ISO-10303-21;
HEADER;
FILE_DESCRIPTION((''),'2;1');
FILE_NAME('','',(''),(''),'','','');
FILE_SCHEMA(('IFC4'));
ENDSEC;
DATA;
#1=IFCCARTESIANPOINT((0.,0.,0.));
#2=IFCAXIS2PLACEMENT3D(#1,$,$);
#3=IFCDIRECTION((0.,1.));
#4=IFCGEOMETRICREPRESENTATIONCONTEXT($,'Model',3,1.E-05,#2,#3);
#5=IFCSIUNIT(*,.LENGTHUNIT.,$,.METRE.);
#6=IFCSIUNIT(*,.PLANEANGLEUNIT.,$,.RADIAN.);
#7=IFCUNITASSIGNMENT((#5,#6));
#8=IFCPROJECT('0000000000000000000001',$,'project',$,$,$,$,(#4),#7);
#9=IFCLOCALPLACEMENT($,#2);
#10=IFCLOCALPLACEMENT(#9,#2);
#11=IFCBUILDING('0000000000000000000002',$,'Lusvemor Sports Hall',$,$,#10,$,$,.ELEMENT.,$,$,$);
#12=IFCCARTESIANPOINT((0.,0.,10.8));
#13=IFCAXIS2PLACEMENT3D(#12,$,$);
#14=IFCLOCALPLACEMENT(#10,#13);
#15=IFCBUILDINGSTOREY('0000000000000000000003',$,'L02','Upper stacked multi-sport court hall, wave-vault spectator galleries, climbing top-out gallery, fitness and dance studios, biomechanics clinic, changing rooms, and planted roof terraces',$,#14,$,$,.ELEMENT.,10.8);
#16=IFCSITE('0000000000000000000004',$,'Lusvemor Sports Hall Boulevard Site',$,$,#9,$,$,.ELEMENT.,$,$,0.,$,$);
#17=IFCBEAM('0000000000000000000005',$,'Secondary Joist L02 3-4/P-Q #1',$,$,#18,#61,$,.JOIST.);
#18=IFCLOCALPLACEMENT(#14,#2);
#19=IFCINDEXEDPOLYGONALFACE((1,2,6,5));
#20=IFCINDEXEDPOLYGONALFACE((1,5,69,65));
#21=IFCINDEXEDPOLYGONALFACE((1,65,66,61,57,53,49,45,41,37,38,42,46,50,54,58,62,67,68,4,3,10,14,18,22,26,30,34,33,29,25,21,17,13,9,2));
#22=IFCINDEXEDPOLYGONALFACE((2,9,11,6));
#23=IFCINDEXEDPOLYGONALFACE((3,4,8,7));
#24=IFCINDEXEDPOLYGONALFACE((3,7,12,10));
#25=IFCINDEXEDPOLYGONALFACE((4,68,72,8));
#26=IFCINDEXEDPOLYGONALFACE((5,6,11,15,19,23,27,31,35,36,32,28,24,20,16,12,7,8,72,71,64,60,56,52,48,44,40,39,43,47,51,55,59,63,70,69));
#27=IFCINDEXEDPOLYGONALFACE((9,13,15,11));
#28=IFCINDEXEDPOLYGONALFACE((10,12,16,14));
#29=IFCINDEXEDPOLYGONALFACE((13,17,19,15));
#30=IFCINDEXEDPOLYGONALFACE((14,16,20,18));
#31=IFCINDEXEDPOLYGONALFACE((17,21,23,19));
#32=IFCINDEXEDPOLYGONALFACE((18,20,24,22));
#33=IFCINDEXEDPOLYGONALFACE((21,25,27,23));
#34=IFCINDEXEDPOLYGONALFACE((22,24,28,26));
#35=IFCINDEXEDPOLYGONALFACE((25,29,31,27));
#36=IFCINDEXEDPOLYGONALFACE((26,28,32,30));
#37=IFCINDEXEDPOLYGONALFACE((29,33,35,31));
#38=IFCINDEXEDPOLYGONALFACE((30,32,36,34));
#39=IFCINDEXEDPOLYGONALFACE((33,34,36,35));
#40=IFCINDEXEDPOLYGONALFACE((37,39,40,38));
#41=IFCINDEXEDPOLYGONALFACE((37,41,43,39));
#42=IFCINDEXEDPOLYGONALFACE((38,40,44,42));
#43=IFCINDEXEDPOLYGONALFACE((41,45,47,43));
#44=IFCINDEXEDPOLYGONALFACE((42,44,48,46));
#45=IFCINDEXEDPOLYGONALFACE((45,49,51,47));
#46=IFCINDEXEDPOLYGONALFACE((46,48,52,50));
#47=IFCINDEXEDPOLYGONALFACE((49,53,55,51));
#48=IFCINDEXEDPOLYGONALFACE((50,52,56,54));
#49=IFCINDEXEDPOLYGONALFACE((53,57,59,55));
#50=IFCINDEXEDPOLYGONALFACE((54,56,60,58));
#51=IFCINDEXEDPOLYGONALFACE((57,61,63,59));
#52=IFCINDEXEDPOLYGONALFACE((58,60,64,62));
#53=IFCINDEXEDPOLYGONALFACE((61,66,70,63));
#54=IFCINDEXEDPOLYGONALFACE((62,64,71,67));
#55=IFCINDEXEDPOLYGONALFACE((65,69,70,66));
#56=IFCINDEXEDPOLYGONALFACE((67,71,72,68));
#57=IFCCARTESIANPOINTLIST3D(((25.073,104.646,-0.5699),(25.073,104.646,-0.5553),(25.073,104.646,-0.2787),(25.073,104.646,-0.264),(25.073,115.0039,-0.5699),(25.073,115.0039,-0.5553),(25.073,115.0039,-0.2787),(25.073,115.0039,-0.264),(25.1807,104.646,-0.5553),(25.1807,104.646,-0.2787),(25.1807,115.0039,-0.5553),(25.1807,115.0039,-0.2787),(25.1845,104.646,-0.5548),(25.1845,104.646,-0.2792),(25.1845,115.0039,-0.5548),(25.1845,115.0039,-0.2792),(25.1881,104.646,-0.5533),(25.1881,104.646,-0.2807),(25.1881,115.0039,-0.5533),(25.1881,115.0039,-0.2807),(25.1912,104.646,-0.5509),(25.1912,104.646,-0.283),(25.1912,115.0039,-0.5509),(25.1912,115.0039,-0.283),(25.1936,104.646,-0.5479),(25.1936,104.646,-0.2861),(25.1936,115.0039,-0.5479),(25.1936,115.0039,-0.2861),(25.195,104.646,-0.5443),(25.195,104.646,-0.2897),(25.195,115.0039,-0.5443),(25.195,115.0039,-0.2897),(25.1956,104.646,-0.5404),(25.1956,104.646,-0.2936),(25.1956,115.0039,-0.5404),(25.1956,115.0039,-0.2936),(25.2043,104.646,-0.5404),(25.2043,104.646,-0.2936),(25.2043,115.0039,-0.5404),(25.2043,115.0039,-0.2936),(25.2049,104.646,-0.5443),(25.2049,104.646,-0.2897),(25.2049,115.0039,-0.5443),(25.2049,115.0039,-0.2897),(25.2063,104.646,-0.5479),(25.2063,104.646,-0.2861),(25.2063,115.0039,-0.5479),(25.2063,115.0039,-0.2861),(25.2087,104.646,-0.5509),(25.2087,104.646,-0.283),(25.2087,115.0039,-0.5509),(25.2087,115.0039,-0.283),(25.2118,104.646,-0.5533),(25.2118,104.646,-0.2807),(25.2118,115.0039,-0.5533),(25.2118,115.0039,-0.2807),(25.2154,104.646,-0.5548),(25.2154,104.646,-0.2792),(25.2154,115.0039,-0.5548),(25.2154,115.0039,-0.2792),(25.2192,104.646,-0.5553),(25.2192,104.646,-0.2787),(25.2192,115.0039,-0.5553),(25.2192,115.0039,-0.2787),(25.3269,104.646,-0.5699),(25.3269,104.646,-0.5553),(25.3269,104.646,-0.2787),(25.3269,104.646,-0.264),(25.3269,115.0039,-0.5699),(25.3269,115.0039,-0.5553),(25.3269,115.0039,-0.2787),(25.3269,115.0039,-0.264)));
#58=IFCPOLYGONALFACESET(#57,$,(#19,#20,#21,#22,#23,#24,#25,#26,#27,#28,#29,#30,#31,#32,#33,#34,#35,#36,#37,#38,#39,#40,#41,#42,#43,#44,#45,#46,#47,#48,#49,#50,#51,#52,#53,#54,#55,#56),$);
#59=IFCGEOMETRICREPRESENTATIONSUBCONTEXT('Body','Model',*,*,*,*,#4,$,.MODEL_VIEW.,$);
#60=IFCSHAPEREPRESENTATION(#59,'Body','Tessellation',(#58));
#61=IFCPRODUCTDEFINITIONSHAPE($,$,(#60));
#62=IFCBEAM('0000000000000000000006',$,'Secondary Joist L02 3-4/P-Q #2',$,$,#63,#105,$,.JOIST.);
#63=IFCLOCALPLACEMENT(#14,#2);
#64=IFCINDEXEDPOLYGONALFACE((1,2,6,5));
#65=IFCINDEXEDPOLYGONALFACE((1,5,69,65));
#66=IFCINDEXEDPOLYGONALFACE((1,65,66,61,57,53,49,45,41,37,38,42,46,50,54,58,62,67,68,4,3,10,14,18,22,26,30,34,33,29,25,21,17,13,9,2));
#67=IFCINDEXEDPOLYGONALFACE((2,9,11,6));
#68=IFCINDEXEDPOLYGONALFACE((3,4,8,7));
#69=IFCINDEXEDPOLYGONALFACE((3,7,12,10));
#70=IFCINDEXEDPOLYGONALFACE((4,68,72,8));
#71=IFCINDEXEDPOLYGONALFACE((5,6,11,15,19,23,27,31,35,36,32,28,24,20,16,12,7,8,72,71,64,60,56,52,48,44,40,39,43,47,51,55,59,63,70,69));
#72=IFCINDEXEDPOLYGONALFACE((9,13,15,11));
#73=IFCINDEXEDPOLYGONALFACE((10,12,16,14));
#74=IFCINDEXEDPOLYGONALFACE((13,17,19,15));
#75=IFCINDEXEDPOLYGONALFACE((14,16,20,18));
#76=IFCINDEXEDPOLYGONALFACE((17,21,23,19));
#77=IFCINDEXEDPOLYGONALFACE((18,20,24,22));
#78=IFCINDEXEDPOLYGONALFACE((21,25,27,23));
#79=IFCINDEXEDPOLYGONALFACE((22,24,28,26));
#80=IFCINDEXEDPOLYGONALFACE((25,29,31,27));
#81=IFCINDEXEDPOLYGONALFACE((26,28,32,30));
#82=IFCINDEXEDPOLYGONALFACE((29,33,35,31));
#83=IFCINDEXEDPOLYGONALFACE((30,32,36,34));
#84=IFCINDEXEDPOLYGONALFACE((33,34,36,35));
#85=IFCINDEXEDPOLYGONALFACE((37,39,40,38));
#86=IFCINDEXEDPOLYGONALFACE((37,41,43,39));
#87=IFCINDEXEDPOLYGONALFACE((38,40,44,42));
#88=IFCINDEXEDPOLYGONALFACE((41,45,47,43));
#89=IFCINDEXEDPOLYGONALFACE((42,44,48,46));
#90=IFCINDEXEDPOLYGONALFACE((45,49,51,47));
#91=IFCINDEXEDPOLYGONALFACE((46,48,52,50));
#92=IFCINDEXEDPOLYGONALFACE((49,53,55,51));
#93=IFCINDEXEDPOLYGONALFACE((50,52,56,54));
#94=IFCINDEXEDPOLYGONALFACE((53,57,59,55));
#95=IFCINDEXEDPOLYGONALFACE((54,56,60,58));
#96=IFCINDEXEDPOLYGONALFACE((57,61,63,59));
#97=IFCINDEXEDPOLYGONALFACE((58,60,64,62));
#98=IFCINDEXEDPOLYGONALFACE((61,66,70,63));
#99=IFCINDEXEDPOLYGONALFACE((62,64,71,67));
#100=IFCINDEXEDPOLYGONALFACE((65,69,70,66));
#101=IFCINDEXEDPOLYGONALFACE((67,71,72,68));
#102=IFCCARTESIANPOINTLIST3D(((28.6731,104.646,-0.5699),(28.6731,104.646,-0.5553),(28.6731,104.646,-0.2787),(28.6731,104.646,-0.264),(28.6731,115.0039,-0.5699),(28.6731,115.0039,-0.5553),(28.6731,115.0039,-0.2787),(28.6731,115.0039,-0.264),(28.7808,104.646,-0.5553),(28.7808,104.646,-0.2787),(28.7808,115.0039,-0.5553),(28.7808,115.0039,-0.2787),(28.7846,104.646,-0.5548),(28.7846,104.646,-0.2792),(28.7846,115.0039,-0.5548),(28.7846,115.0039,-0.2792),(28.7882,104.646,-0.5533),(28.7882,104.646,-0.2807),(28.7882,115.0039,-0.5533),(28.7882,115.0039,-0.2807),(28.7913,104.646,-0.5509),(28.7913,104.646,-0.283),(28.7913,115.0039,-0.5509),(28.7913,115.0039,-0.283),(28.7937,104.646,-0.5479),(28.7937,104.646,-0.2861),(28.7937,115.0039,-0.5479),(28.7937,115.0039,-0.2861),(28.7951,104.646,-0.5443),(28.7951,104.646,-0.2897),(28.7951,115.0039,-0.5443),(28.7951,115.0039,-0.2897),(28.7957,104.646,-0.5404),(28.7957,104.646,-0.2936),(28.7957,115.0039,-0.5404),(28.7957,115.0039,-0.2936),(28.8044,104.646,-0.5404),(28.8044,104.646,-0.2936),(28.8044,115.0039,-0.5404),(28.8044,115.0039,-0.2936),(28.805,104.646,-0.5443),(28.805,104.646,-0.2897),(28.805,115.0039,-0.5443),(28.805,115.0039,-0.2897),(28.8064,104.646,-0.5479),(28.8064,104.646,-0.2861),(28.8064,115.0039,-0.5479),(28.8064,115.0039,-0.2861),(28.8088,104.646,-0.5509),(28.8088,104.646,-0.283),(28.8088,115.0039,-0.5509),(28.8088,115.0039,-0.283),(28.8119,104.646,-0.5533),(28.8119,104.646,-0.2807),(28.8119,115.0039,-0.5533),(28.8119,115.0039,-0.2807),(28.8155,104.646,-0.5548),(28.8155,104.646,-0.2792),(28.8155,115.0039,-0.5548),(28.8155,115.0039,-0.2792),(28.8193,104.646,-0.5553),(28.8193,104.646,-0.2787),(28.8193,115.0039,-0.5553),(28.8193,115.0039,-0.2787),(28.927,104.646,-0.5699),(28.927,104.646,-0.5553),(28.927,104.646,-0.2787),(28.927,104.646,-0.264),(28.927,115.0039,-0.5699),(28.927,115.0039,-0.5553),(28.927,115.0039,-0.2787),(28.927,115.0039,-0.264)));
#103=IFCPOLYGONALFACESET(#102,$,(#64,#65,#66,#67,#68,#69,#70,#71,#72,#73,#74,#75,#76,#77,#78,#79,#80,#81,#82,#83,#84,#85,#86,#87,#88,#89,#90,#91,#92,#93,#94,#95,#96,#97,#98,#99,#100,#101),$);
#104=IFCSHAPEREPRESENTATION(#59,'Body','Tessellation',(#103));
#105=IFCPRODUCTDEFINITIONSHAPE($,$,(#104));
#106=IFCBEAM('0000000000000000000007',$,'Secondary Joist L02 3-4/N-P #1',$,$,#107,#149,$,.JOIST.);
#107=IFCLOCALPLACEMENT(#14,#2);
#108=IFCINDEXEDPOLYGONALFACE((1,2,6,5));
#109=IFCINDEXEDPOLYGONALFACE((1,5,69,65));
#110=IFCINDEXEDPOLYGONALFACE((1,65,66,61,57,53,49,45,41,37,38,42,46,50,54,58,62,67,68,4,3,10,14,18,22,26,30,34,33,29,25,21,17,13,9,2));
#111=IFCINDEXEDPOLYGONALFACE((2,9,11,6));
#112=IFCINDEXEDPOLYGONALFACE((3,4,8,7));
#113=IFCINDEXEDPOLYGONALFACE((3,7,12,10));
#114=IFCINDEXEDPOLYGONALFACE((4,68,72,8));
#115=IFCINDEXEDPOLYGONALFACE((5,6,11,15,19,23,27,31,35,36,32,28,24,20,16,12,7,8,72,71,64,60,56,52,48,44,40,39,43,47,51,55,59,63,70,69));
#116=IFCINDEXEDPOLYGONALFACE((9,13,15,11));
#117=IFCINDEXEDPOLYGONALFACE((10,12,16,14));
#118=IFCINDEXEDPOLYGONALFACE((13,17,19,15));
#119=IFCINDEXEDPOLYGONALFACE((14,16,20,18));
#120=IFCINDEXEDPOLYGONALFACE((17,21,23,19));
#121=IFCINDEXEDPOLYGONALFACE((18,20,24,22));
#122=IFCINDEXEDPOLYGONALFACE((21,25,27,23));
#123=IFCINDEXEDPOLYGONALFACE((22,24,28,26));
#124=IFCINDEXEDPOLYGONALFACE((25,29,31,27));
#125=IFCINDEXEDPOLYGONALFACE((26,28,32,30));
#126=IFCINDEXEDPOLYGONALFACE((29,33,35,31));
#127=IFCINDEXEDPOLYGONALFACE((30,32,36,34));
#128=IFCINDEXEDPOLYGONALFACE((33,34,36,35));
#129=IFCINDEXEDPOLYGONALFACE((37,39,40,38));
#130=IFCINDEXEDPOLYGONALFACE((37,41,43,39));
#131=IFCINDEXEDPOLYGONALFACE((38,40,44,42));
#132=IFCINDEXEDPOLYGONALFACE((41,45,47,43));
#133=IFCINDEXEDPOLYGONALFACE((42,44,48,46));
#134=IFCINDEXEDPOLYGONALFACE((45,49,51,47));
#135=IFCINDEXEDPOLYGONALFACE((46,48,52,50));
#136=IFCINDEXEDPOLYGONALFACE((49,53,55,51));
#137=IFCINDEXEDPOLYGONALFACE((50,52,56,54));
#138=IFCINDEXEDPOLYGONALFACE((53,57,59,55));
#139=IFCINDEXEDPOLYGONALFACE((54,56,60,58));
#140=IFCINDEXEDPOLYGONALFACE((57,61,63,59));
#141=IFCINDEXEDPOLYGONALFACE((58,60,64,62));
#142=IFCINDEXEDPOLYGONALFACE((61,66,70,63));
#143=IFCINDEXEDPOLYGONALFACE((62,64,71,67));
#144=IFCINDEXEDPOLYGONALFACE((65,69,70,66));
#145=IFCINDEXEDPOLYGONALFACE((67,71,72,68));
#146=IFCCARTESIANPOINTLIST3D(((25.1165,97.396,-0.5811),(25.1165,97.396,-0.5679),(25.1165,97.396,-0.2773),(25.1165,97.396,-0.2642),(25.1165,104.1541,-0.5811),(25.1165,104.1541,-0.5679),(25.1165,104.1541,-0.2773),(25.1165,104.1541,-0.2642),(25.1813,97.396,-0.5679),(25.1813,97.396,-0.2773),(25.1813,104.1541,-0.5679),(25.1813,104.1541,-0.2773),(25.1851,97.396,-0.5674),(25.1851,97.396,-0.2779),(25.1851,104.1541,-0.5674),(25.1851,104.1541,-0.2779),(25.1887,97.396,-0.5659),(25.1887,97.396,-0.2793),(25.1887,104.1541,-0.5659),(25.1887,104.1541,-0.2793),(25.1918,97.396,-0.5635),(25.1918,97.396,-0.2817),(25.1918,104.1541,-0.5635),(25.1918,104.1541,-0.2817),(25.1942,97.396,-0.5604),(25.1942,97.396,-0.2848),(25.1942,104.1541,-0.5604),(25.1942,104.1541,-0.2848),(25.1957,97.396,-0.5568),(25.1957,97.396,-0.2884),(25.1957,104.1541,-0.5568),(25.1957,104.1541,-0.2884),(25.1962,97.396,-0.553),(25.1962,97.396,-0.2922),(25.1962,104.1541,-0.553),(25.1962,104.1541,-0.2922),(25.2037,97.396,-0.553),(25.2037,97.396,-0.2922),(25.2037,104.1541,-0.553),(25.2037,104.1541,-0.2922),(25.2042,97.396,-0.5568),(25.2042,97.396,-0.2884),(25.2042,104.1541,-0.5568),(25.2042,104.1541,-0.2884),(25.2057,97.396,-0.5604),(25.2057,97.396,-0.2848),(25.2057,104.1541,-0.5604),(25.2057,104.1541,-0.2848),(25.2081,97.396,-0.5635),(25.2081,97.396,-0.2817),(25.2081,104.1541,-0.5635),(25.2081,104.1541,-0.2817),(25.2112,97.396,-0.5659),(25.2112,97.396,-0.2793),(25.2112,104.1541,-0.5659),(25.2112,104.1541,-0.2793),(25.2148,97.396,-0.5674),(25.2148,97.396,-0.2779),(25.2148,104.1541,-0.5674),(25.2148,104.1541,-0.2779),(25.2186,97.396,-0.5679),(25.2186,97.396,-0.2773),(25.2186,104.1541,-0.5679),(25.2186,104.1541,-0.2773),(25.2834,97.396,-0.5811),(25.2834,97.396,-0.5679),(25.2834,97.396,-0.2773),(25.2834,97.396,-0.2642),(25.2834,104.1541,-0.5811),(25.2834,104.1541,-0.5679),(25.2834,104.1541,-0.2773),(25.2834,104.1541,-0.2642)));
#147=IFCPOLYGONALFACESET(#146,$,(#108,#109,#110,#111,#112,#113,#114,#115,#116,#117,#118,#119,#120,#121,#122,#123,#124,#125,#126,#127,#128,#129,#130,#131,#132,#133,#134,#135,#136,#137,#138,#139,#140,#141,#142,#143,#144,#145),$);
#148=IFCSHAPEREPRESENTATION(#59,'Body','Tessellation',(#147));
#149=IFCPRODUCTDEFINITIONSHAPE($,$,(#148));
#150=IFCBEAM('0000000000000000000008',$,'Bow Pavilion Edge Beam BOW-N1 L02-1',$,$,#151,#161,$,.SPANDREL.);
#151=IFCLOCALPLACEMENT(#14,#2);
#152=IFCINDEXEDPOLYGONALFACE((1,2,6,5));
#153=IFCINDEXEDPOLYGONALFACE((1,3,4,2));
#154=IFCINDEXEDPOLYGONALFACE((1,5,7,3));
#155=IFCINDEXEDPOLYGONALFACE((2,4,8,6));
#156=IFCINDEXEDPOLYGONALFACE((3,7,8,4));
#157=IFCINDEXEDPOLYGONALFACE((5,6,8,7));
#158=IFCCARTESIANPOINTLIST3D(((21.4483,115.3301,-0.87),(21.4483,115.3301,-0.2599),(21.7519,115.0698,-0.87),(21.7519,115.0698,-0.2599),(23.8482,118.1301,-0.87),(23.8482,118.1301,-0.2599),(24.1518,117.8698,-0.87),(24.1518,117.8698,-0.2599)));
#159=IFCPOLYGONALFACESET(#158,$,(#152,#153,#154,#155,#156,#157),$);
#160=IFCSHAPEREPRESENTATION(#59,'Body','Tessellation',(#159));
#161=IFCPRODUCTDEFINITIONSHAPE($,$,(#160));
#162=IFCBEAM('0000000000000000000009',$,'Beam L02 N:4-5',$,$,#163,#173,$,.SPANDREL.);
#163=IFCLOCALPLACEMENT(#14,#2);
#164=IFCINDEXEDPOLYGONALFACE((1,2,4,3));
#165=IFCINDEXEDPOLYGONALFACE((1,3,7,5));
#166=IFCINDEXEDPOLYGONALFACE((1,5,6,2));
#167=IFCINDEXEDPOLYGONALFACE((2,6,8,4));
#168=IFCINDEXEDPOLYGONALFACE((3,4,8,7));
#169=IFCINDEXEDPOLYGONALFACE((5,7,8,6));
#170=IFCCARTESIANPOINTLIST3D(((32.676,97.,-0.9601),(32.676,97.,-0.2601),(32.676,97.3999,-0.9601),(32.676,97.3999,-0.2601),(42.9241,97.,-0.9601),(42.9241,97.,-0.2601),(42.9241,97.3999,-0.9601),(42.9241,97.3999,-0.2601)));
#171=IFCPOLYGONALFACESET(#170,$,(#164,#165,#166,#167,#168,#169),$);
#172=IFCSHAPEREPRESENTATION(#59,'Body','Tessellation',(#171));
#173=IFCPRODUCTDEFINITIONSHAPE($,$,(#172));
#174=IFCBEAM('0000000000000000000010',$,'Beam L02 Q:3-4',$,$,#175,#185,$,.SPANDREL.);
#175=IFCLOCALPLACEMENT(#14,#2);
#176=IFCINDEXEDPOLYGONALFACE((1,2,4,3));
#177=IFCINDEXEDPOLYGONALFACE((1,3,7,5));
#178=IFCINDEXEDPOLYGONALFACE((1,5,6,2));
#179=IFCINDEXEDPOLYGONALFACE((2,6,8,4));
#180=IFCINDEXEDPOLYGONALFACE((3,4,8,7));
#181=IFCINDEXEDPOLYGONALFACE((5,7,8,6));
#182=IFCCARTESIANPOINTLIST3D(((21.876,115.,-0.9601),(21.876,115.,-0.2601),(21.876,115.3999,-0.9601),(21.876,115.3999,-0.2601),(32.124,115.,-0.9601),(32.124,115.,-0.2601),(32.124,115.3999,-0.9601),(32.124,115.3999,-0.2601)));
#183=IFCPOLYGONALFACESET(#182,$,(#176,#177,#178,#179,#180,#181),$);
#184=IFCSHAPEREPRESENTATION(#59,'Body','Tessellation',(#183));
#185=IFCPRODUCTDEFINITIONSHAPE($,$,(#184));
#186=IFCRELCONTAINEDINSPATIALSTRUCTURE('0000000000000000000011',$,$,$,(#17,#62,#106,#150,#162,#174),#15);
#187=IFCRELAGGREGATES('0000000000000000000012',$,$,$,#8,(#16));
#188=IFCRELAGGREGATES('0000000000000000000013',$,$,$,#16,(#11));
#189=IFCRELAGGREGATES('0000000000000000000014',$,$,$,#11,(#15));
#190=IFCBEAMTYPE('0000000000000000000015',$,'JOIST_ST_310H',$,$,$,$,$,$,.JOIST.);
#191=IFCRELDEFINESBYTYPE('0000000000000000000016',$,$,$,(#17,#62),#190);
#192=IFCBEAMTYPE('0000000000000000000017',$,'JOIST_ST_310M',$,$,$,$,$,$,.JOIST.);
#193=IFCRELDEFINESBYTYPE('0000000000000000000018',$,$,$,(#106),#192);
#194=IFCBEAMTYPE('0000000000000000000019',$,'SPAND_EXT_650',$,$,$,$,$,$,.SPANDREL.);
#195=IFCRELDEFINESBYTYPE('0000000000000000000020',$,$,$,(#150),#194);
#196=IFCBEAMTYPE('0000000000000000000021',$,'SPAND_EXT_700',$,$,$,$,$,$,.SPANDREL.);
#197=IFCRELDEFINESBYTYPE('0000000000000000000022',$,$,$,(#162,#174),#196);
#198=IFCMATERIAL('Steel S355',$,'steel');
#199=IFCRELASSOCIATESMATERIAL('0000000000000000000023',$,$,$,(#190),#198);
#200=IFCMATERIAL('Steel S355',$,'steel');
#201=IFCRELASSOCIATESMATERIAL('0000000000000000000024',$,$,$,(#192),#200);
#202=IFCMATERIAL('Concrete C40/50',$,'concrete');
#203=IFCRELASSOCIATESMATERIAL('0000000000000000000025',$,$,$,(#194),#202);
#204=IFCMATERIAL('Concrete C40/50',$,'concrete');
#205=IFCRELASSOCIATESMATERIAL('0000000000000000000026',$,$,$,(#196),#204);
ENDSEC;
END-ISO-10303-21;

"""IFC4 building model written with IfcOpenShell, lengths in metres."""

from ifc_helpers import new_model, si_unit, direction, frame, origin, origin_2d, place, context, subcontext, project, spatial, rectangle, i_section, extrude, material, material_profile, profile_set, type_object, element, save


model = new_model("IFC4")

# Units and contexts
model_context = context("Model", 3, precision=1e-05, world=origin(), true_north=direction((0.0, 1.0)))
body_context = subcontext(model_context, "Body", "Model", "MODEL_VIEW")
ifc_project = project(units=[si_unit("LENGTHUNIT", "METRE"), si_unit("PLANEANGLEUNIT", "RADIAN")], contexts=[model_context])

# Site, building, storey
site_placement = place(None, origin())
site = spatial("IfcSite", under=ifc_project, at=site_placement, Name="Lusvemor Sports Hall Boulevard Site", CompositionType="ELEMENT", RefElevation=0.0)
building_placement = place(site_placement, origin())
building = spatial("IfcBuilding", under=site, at=building_placement, Name="Lusvemor Sports Hall", CompositionType="ELEMENT")
storey_placement = place(building_placement, frame((0.0, 0.0, 10.8)))
storey = spatial("IfcBuildingStorey", under=building, at=storey_placement, Name="L02", Description="Upper stacked multi-sport court hall, wave-vault spectator galleries, climbing top-out gallery, fitness and dance studios, biomechanics clinic, changing rooms, and planted roof terraces", CompositionType="ELEMENT", Elevation=10.8)

# Beams
ifc_material_1 = material(Name="Steel S355", Category="steel")
ifc_material_profile_1 = material_profile(ifc_material_1, i_section(OverallWidth=0.2539, OverallDepth=0.3059, WebThickness=0.0088, FlangeThickness=0.0146, FilletRadius=0.0149, at=origin_2d()), Name="W310x79.0")
ifc_profile_set_1 = profile_set([ifc_material_profile_1], Name="Steel S355")
beam_type_1 = type_object("IfcBeamType", Name="JOIST_ST_310H", PredefinedType="JOIST", material=ifc_profile_set_1)
for number, where, z_axis, x_axis, name in (
    (1, (25.2, 104.646, -0.417), (0.0, 1.0, 0.0), (-1.0, 0.0, 0.0), "Secondary Joist L02 3-4/P-Q #1"),
    (2, (28.8, 104.646, -0.417), (0.0, 1.0, 0.0), (-1.0, 0.0, 0.0), "Secondary Joist L02 3-4/P-Q #2"),
):
    element("IfcBeam", number, at=place(storey_placement, frame(where, z_axis=z_axis, x_axis=x_axis)), inside=storey, type_object=beam_type_1, Name=name, PredefinedType="JOIST", context=body_context, shape_type="SweptSolid", body=[
        extrude(i_section(OverallWidth=0.2539, OverallDepth=0.3059, WebThickness=0.0088, FlangeThickness=0.0146, FilletRadius=0.0149, at=origin_2d()), origin(), (0.0, 0.0, 1.0), 10.3579),
    ])
ifc_material_2 = material(Name="Steel S355", Category="steel")
ifc_material_profile_2 = material_profile(ifc_material_2, i_section(OverallWidth=0.167, OverallDepth=0.3169, WebThickness=0.0076, FlangeThickness=0.0132, FilletRadius=0.0149, at=origin_2d()), Name="W310x52.0")
ifc_profile_set_2 = profile_set([ifc_material_profile_2], Name="Steel S355")
beam_type_2 = type_object("IfcBeamType", Name="JOIST_ST_310M", PredefinedType="JOIST", material=ifc_profile_set_2)
beam_1_placement = place(storey_placement, frame((25.2, 97.396, -0.4226), z_axis=(0.0, 1.0, 0.0), x_axis=(-1.0, 0.0, 0.0)))
element("IfcBeam", 3, at=beam_1_placement, inside=storey, type_object=beam_type_2, Name="Secondary Joist L02 3-4/N-P #1", PredefinedType="JOIST", context=body_context, shape_type="SweptSolid", body=[
    extrude(i_section(OverallWidth=0.167, OverallDepth=0.3169, WebThickness=0.0076, FlangeThickness=0.0132, FilletRadius=0.0149, at=origin_2d()), origin(), (0.0, 0.0, 1.0), 6.7581),
])
ifc_material_3 = material(Name="Concrete C40/50", Category="concrete")
ifc_material_profile_3 = material_profile(ifc_material_3, rectangle(XDim=0.3999, YDim=0.6101, at=origin_2d()), Name="RC400x610")
ifc_profile_set_3 = profile_set([ifc_material_profile_3], Name="Concrete C40/50")
beam_type_3 = type_object("IfcBeamType", Name="SPAND_EXT_650", PredefinedType="SPANDREL", material=ifc_profile_set_3)
beam_2_placement = place(storey_placement, frame((21.6001, 115.2, -0.5649), z_axis=(0.65077, 0.759275, 0.0), x_axis=(-0.759275, 0.65077, 0.0)))
element("IfcBeam", 4, at=beam_2_placement, inside=storey, type_object=beam_type_3, Name="Bow Pavilion Edge Beam BOW-N1 L02-1", PredefinedType="SPANDREL", context=body_context, shape_type="SweptSolid", body=[
    extrude(rectangle(XDim=0.3999, YDim=0.6101, at=origin_2d()), origin(), (0.0, 0.0, 1.0), 3.6877),
])
ifc_material_4 = material(Name="Concrete C40/50", Category="concrete")
ifc_material_profile_4 = material_profile(ifc_material_4, rectangle(XDim=0.3999, YDim=0.7, at=origin_2d()), Name="RC400x700")
ifc_profile_set_4 = profile_set([ifc_material_profile_4], Name="Concrete C40/50")
beam_type_4 = type_object("IfcBeamType", Name="SPAND_EXT_700", PredefinedType="SPANDREL", material=ifc_profile_set_4)
for number, where, z_axis, x_axis, name in (
    (5, (32.676, 97.2, -0.6101), (1.0, 0.0, 0.0), (0.0, 1.0, 0.0), "Beam L02 N:4-5"),
    (6, (21.876, 115.2, -0.6101), (1.0, 0.0, 0.0), (0.0, 1.0, 0.0), "Beam L02 Q:3-4"),
):
    element("IfcBeam", number, at=place(storey_placement, frame(where, z_axis=z_axis, x_axis=x_axis)), inside=storey, type_object=beam_type_4, Name=name, PredefinedType="SPANDREL", context=body_context, shape_type="SweptSolid", body=[
        extrude(rectangle(XDim=0.3999, YDim=0.7, at=origin_2d()), origin(), (0.0, 0.0, 1.0), 10.248),
    ])

save(model, "model.ifc")
